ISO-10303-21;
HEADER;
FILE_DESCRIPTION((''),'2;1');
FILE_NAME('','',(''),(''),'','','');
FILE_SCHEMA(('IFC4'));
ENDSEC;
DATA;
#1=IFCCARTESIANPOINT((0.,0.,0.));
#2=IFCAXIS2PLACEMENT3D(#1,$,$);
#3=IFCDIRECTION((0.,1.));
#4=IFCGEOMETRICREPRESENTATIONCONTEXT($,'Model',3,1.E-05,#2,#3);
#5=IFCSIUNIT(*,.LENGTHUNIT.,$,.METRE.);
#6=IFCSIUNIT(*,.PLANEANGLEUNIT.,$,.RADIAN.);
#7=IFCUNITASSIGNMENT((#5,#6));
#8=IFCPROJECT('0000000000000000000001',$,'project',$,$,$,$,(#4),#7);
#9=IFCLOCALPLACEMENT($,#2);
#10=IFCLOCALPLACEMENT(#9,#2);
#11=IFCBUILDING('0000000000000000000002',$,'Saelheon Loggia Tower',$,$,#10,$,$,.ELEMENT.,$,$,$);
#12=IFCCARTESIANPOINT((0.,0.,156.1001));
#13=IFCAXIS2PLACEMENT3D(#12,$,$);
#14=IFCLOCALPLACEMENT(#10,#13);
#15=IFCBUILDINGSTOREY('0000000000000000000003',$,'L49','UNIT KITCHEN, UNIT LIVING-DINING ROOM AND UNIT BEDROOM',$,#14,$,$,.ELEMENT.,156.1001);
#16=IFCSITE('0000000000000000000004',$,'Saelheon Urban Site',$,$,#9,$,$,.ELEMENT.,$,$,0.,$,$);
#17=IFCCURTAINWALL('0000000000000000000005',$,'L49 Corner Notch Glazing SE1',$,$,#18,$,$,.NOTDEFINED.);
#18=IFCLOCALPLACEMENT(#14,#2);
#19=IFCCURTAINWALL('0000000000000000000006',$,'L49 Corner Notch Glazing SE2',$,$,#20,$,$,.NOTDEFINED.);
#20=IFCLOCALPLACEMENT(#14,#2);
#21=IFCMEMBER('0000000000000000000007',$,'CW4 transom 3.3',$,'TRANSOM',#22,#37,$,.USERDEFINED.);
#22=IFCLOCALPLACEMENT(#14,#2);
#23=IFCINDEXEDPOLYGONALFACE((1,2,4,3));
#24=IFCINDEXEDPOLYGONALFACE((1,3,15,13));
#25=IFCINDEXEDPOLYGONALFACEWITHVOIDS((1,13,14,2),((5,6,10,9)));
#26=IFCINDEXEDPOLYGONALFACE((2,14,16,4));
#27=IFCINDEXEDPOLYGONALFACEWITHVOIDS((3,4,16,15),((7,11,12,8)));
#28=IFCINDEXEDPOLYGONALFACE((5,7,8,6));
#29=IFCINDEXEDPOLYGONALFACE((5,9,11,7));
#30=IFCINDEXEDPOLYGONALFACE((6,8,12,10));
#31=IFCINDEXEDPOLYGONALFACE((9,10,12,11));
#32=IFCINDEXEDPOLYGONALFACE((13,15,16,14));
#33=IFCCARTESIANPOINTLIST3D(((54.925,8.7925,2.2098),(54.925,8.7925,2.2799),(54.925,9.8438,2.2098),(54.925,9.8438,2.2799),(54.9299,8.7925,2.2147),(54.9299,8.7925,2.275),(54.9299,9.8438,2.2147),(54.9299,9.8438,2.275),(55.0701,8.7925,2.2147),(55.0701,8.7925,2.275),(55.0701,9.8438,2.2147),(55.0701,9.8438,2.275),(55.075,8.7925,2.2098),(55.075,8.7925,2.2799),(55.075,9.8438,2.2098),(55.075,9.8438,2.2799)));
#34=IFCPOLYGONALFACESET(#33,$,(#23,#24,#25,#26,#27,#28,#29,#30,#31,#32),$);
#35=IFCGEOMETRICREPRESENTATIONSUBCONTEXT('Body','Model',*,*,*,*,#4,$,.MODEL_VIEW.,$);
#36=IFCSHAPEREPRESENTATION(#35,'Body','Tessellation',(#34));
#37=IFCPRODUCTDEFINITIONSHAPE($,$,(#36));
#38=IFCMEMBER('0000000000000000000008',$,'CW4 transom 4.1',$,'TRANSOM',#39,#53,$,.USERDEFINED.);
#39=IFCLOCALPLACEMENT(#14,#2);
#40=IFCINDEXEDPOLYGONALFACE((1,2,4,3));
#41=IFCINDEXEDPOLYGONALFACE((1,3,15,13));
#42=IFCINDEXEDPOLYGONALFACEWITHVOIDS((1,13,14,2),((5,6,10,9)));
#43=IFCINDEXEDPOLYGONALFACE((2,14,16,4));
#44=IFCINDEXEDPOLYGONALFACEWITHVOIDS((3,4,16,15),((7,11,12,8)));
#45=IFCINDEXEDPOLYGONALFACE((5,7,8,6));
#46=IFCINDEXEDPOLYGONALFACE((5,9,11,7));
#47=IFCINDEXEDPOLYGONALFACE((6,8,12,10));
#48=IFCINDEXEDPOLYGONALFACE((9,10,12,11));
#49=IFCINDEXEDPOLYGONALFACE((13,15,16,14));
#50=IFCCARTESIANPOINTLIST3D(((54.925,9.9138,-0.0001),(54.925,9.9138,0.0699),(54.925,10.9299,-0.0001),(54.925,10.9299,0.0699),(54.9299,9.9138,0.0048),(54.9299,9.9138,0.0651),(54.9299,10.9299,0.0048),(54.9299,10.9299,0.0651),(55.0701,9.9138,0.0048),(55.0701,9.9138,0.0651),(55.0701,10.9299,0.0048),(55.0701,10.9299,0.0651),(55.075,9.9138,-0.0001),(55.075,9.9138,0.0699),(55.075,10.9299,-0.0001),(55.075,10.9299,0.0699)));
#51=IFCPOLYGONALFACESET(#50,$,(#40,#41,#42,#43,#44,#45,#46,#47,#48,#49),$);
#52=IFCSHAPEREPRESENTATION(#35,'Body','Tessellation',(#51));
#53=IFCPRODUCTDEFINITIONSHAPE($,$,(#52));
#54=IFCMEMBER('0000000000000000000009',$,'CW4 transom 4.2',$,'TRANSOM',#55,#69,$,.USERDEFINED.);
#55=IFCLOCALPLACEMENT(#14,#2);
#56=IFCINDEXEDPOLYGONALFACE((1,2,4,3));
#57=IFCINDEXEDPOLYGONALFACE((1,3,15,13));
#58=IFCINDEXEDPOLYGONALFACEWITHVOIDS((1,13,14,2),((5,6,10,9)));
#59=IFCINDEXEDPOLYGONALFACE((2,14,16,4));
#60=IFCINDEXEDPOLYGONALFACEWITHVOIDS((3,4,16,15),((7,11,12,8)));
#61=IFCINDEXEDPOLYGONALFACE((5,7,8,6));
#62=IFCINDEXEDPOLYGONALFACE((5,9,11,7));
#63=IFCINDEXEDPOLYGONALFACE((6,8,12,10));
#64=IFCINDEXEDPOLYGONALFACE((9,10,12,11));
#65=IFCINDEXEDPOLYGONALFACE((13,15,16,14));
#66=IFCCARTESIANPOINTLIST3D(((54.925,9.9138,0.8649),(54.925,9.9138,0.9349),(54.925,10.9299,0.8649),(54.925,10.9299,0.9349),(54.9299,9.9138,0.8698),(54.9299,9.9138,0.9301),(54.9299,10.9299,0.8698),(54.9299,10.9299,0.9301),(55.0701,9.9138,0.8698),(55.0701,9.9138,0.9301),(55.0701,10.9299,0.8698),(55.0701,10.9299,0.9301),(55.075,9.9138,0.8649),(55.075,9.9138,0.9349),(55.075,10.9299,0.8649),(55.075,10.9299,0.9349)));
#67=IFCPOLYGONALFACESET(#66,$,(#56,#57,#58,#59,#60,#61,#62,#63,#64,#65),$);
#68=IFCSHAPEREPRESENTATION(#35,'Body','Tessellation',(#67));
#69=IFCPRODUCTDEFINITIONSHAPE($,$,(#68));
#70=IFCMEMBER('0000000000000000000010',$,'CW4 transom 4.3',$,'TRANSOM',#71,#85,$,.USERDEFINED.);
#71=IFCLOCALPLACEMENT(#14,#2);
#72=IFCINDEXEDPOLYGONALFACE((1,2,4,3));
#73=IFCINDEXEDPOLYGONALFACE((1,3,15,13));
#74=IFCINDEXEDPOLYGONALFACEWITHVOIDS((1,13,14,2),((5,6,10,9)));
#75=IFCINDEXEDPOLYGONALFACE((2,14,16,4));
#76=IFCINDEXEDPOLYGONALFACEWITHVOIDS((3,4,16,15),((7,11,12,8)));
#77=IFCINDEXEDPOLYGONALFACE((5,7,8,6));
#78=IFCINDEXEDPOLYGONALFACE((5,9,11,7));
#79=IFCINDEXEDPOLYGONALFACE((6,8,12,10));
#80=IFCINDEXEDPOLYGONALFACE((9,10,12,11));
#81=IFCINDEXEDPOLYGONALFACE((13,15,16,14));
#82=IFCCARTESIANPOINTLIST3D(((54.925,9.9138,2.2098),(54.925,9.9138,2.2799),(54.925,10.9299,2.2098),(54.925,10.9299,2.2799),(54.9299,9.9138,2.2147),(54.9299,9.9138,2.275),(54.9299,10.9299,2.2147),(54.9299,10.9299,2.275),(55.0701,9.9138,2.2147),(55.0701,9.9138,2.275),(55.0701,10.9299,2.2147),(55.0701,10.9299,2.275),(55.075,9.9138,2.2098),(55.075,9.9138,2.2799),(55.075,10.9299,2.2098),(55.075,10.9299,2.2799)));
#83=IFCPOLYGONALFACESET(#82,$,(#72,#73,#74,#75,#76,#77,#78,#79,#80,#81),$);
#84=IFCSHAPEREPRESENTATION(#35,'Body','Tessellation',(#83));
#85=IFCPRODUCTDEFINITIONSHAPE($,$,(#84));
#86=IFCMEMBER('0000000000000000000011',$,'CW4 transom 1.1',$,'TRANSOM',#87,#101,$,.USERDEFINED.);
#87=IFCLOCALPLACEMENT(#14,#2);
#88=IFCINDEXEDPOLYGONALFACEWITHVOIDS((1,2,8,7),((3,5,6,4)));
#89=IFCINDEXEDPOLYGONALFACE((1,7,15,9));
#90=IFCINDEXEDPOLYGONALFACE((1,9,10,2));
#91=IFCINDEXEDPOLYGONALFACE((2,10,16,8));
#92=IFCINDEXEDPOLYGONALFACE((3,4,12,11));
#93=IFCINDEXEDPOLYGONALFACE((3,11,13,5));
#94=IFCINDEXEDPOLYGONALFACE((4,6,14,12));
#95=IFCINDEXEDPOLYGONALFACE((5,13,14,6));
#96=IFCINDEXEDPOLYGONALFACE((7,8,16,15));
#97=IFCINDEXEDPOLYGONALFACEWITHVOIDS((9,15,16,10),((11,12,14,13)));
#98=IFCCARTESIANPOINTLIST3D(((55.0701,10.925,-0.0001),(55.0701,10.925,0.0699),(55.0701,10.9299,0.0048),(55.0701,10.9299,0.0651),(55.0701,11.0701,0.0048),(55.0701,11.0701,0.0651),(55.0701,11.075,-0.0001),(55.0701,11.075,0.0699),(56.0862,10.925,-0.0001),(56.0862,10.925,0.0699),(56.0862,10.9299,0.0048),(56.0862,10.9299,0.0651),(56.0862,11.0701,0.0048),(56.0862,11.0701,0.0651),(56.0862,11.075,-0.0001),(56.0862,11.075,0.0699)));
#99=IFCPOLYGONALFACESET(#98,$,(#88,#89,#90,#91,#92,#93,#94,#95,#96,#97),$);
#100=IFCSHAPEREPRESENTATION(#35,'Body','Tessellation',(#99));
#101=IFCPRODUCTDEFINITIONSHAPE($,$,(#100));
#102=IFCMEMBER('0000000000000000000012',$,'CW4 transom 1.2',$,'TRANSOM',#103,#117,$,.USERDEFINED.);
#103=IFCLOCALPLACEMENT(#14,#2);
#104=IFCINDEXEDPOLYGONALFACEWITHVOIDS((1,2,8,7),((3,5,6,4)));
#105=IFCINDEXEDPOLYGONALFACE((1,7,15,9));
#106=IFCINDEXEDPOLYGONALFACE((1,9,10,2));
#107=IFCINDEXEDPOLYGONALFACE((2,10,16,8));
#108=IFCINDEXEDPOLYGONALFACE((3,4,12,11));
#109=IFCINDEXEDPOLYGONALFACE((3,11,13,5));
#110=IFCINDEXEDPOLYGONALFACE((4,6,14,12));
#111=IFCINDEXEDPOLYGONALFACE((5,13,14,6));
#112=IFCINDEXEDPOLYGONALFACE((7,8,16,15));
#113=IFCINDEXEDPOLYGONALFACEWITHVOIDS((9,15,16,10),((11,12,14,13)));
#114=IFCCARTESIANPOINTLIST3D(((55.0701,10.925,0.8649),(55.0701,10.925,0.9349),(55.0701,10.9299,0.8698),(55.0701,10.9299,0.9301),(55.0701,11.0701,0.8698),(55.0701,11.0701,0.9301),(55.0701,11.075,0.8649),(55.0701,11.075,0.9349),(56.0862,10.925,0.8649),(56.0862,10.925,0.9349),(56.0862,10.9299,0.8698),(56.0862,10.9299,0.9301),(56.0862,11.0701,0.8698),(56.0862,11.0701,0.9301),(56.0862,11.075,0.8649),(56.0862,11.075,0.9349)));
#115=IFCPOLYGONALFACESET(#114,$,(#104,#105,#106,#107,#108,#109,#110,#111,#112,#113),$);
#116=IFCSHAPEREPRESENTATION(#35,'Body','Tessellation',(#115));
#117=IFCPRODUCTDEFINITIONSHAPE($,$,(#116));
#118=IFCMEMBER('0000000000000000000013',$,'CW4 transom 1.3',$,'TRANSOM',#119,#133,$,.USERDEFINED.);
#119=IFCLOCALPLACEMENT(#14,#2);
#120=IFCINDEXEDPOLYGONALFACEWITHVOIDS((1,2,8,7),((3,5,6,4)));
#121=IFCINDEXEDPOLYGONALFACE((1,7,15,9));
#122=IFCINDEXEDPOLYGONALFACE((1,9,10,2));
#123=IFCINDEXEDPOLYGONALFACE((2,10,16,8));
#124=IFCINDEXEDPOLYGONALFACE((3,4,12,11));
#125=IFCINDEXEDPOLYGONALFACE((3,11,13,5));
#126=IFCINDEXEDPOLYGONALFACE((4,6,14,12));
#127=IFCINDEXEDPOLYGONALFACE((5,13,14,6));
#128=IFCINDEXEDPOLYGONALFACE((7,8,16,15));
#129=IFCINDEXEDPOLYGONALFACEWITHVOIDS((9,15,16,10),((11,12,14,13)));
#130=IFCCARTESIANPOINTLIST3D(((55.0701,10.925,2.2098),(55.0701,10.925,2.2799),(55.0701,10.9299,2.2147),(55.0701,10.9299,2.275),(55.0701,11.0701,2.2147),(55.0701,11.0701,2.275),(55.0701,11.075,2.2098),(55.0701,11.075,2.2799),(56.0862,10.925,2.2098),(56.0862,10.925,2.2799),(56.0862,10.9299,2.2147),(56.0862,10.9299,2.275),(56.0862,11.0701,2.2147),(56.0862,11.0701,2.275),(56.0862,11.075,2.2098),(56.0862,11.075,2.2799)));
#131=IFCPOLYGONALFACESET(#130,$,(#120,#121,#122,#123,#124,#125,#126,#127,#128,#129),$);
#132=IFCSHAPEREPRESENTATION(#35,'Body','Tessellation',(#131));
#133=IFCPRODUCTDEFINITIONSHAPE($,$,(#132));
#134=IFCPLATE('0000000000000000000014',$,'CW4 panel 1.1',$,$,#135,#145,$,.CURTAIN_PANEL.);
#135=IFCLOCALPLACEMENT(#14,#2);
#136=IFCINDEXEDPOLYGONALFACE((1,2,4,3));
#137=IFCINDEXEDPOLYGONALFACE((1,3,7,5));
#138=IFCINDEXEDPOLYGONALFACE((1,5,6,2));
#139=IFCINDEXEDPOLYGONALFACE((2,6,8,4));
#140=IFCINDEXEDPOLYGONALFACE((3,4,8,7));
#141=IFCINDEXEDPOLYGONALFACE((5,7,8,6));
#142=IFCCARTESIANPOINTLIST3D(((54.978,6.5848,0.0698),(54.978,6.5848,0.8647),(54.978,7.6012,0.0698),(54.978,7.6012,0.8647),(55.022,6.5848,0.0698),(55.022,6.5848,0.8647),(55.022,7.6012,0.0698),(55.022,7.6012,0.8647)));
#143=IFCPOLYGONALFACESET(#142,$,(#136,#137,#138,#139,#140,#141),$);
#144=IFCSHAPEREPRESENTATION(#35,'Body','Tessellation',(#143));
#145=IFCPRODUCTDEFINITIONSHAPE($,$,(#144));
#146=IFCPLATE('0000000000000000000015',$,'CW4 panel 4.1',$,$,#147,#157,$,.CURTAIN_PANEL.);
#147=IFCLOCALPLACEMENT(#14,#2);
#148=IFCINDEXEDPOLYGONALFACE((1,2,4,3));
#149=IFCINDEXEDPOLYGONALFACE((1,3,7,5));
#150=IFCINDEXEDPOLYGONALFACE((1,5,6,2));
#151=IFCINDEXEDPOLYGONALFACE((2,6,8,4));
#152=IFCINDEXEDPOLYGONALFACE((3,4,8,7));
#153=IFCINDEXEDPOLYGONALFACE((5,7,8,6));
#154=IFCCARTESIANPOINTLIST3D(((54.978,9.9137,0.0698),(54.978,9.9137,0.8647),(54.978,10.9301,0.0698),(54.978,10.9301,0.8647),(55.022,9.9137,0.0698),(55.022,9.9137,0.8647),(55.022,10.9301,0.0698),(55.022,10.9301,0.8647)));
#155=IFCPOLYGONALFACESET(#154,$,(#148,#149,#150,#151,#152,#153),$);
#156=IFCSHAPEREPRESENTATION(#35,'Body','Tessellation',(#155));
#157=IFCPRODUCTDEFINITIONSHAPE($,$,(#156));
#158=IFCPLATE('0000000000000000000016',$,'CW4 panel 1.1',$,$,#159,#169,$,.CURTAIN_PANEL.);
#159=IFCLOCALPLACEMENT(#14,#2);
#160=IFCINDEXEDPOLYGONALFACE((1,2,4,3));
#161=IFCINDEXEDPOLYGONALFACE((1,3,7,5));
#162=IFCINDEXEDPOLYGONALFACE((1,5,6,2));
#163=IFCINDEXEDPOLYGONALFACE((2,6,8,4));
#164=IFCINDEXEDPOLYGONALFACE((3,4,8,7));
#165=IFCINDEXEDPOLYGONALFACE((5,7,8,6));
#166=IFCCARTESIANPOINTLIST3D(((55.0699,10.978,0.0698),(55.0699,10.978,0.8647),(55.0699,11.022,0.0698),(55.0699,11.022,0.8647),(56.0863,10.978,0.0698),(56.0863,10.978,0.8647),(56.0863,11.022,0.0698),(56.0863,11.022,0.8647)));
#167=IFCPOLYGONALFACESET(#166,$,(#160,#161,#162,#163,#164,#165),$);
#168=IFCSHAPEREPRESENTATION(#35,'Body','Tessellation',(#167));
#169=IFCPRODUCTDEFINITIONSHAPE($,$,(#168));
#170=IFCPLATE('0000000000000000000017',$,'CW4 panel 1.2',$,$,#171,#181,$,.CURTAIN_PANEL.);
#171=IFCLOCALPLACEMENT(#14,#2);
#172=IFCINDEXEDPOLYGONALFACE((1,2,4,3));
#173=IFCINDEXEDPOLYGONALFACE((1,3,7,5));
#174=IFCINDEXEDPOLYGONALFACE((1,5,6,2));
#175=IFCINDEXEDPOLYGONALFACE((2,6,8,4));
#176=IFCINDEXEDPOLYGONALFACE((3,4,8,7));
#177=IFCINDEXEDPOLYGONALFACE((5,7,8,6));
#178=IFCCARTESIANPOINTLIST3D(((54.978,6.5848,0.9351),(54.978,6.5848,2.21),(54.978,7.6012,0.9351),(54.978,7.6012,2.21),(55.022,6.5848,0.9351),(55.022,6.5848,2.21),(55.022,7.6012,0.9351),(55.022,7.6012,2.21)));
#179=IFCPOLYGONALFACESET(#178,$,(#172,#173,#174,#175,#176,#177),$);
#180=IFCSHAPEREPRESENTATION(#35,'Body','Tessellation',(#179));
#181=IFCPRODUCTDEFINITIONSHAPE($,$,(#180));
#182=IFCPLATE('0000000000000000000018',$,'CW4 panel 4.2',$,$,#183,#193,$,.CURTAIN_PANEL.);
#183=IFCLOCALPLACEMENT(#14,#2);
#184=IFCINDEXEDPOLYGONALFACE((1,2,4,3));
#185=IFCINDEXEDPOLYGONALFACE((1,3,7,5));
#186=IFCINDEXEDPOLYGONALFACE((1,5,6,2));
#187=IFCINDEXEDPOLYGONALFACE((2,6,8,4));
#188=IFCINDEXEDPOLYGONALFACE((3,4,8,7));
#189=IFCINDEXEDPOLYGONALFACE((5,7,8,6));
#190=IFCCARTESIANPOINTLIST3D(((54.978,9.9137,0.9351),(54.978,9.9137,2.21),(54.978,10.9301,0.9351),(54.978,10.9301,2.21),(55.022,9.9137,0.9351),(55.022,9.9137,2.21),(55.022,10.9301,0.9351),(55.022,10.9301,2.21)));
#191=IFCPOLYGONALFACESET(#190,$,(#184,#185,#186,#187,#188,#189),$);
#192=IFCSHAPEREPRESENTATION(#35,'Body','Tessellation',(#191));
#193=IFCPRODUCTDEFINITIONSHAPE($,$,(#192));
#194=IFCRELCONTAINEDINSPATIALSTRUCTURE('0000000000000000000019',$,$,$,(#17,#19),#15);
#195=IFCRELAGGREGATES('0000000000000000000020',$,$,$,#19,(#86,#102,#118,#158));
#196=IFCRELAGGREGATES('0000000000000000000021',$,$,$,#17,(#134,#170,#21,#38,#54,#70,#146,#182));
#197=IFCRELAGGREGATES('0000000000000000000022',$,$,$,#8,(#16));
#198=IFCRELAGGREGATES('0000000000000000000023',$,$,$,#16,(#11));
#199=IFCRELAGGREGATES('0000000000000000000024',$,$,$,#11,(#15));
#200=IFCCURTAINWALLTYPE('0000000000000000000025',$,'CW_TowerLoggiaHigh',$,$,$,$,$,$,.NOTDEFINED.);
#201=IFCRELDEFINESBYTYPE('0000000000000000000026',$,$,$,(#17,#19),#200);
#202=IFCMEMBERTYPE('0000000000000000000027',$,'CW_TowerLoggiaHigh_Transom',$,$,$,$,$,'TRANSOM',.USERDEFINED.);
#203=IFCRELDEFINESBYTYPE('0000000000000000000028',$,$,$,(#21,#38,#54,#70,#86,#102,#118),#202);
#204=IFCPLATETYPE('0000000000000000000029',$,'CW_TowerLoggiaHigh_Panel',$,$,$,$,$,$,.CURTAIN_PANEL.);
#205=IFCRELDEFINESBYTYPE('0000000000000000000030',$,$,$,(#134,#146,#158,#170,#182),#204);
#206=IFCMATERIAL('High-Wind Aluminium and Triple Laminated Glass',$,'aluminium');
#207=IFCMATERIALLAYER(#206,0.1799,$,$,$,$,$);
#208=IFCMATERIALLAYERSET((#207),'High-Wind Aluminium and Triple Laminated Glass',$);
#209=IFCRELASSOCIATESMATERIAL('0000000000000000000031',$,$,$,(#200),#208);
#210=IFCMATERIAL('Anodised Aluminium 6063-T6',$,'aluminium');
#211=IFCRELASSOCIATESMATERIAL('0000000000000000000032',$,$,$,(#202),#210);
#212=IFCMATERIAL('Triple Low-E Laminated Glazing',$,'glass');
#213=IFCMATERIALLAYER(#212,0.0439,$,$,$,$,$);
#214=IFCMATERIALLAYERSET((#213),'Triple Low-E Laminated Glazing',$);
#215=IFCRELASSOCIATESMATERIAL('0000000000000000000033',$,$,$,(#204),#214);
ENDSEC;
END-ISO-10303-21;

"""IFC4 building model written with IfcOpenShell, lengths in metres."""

from ifc_helpers import new_model, si_unit, direction, frame, origin, origin_2d, place, context, subcontext, project, spatial, rectangle, hollow_rectangle, extrude, source, transform, mapped, material, layer, layer_set, material_profile, profile_set, type_object, element, aggregate, save


model = new_model("IFC4")

# Units and contexts
model_context = context("Model", 3, precision=1e-05, world=origin(), true_north=direction((0.0, 1.0)))
body_context = subcontext(model_context, "Body", "Model", "MODEL_VIEW")
ifc_project = project(units=[si_unit("LENGTHUNIT", "METRE"), si_unit("PLANEANGLEUNIT", "RADIAN")], contexts=[model_context])

# Site, building, storey
site_placement = place(None, origin())
site = spatial("IfcSite", under=ifc_project, at=site_placement, Name="Saelheon Urban Site", CompositionType="ELEMENT", RefElevation=0.0)
building_placement = place(site_placement, origin())
building = spatial("IfcBuilding", under=site, at=building_placement, Name="Saelheon Loggia Tower", CompositionType="ELEMENT")
storey_placement = place(building_placement, frame((0.0, 0.0, 156.1001)))
storey = spatial("IfcBuildingStorey", under=building, at=storey_placement, Name="L49", Description="UNIT KITCHEN, UNIT LIVING-DINING ROOM AND UNIT BEDROOM", CompositionType="ELEMENT", Elevation=156.1001)

# Curtain wall
ifc_material_1 = material(Name="High-Wind Aluminium and Triple Laminated Glass", Category="aluminium")
ifc_layer_1 = layer(ifc_material_1, 0.1799)
ifc_layer_set_1 = layer_set([ifc_layer_1], Name="High-Wind Aluminium and Triple Laminated Glass")
curtain_wall_type = type_object("IfcCurtainWallType", Name="CW_TowerLoggiaHigh", PredefinedType="NOTDEFINED", material=ifc_layer_set_1)
curtain_wall_1_placement = place(storey_placement, origin())
curtain_wall_1 = element("IfcCurtainWall", 1, at=curtain_wall_1_placement, inside=storey, type_object=curtain_wall_type, Name="L49 Corner Notch Glazing SE1", PredefinedType="NOTDEFINED")
ifc_material_2 = material(Name="Anodised Aluminium 6063-T6", Category="aluminium")

# Curtain wall
curtain_wall_2_placement = place(storey_placement, origin())
curtain_wall_2 = element("IfcCurtainWall", 2, at=curtain_wall_2_placement, inside=storey, type_object=curtain_wall_type, Name="L49 Corner Notch Glazing SE2", PredefinedType="NOTDEFINED")

# Members
ifc_material_profile_1 = material_profile(ifc_material_2, hollow_rectangle(XDim=0.0701, YDim=0.1499, WallThickness=0.0049, at=origin_2d()), Name="RHS-150x70x5")
ifc_profile_set_1 = profile_set([ifc_material_profile_1], Name="Anodised Aluminium 6063-T6")
member_type_1 = type_object("IfcMemberType", Name="CW_TowerLoggiaHigh_Transom", ElementType="TRANSOM", PredefinedType="USERDEFINED", material=ifc_profile_set_1)
shared_shape_1 = source(origin(), body_context, "Body", "SweptSolid", [
    extrude(hollow_rectangle(XDim=0.0701, YDim=0.1499, WallThickness=0.0049, at=origin_2d()), origin(), (0.0, 0.0, 1.0), 1.0513),
])
member_1_placement = place(storey_placement, frame((55.0, 8.7925, 2.2449), z_axis=(0.0, 1.0, 0.0), x_axis=(0.0, 0.0, 1.0)))
member_1 = element("IfcMember", 3, at=member_1_placement, type_object=member_type_1, Name="CW4 transom 3.3", ObjectType="TRANSOM", PredefinedType="USERDEFINED", context=body_context, shape_type="MappedRepresentation", body=[
    mapped(shared_shape_1, transform((0.0, 0.0, 0.0), scale=1.0)),
])
shared_shape_2 = source(origin(), body_context, "Body", "SweptSolid", [
    extrude(hollow_rectangle(XDim=0.0701, YDim=0.1499, WallThickness=0.0049, at=origin_2d()), origin(), (0.0, 0.0, 1.0), 1.0161),
])
member_2_placement = place(storey_placement, frame((55.0, 9.9138, 0.0349), z_axis=(0.0, 1.0, 0.0), x_axis=(0.0, 0.0, 1.0)))
member_2 = element("IfcMember", 4, at=member_2_placement, type_object=member_type_1, Name="CW4 transom 4.1", ObjectType="TRANSOM", PredefinedType="USERDEFINED", context=body_context, shape_type="MappedRepresentation", body=[
    mapped(shared_shape_2, transform((0.0, 0.0, 0.0), scale=1.0)),
])
member_3_placement = place(storey_placement, frame((55.0, 9.9138, 0.8999), z_axis=(0.0, 1.0, 0.0), x_axis=(0.0, 0.0, 1.0)))
member_3 = element("IfcMember", 5, at=member_3_placement, type_object=member_type_1, Name="CW4 transom 4.2", ObjectType="TRANSOM", PredefinedType="USERDEFINED", context=body_context, shape_type="MappedRepresentation", body=[
    mapped(shared_shape_2, transform((0.0, 0.0, 0.0), scale=1.0)),
])
member_4_placement = place(storey_placement, frame((55.0, 9.9138, 2.2449), z_axis=(0.0, 1.0, 0.0), x_axis=(0.0, 0.0, 1.0)))
member_4 = element("IfcMember", 6, at=member_4_placement, type_object=member_type_1, Name="CW4 transom 4.3", ObjectType="TRANSOM", PredefinedType="USERDEFINED", context=body_context, shape_type="MappedRepresentation", body=[
    mapped(shared_shape_2, transform((0.0, 0.0, 0.0), scale=1.0)),
])
member_5_placement = place(storey_placement, frame((55.0701, 11.0, 0.0349), z_axis=(1.0, 0.0, 0.0), x_axis=(0.0, 0.0, 1.0)))
member_5 = element("IfcMember", 7, at=member_5_placement, type_object=member_type_1, Name="CW4 transom 1.1", ObjectType="TRANSOM", PredefinedType="USERDEFINED", context=body_context, shape_type="MappedRepresentation", body=[
    mapped(shared_shape_2, transform((0.0, 0.0, 0.0), scale=1.0)),
])
member_6_placement = place(storey_placement, frame((55.0701, 11.0, 0.8999), z_axis=(1.0, 0.0, 0.0), x_axis=(0.0, 0.0, 1.0)))
member_6 = element("IfcMember", 8, at=member_6_placement, type_object=member_type_1, Name="CW4 transom 1.2", ObjectType="TRANSOM", PredefinedType="USERDEFINED", context=body_context, shape_type="MappedRepresentation", body=[
    mapped(shared_shape_2, transform((0.0, 0.0, 0.0), scale=1.0)),
])
member_7_placement = place(storey_placement, frame((55.0701, 11.0, 2.2449), z_axis=(1.0, 0.0, 0.0), x_axis=(0.0, 0.0, 1.0)))
member_7 = element("IfcMember", 9, at=member_7_placement, type_object=member_type_1, Name="CW4 transom 1.3", ObjectType="TRANSOM", PredefinedType="USERDEFINED", context=body_context, shape_type="MappedRepresentation", body=[
    mapped(shared_shape_2, transform((0.0, 0.0, 0.0), scale=1.0)),
])

# Plates
ifc_material_3 = material(Name="Triple Low-E Laminated Glazing", Category="glass")
ifc_layer_2 = layer(ifc_material_3, 0.0439)
ifc_layer_set_2 = layer_set([ifc_layer_2], Name="Triple Low-E Laminated Glazing")
plate_type = type_object("IfcPlateType", Name="CW_TowerLoggiaHigh_Panel", PredefinedType="CURTAIN_PANEL", material=ifc_layer_set_2)
shared_shape_3 = source(origin(), body_context, "Body", "SweptSolid", [
    extrude(rectangle(XDim=1.0164, YDim=0.0439, at=origin_2d()), origin(), (0.0, 0.0, 1.0), 0.7949),
])
plate_1_placement = place(storey_placement, frame((55.0, 7.093, 0.0698), z_axis=(0.0, 0.0, 1.0), x_axis=(0.0, 1.0, 0.0)))
plate_1 = element("IfcPlate", 10, at=plate_1_placement, type_object=plate_type, Name="CW4 panel 1.1", PredefinedType="CURTAIN_PANEL", context=body_context, shape_type="MappedRepresentation", body=[
    mapped(shared_shape_3, transform((0.0, 0.0, 0.0), scale=1.0)),
])
plate_2_placement = place(storey_placement, frame((55.0, 10.4219, 0.0698), z_axis=(0.0, 0.0, 1.0), x_axis=(0.0, 1.0, 0.0)))
plate_2 = element("IfcPlate", 11, at=plate_2_placement, type_object=plate_type, Name="CW4 panel 4.1", PredefinedType="CURTAIN_PANEL", context=body_context, shape_type="MappedRepresentation", body=[
    mapped(shared_shape_3, transform((0.0, 0.0, 0.0), scale=1.0)),
])
plate_3_placement = place(storey_placement, frame((55.5781, 11.0, 0.0698), z_axis=(0.0, 0.0, 1.0), x_axis=(1.0, 0.0, 0.0)))
plate_3 = element("IfcPlate", 12, at=plate_3_placement, type_object=plate_type, Name="CW4 panel 1.1", PredefinedType="CURTAIN_PANEL", context=body_context, shape_type="MappedRepresentation", body=[
    mapped(shared_shape_3, transform((0.0, 0.0, 0.0), scale=1.0)),
])
shared_shape_4 = source(origin(), body_context, "Body", "SweptSolid", [
    extrude(rectangle(XDim=1.0164, YDim=0.0439, at=origin_2d()), origin(), (0.0, 0.0, 1.0), 1.2749),
])
plate_4_placement = place(storey_placement, frame((55.0, 7.093, 0.9351), z_axis=(0.0, 0.0, 1.0), x_axis=(0.0, 1.0, 0.0)))
plate_4 = element("IfcPlate", 13, at=plate_4_placement, type_object=plate_type, Name="CW4 panel 1.2", PredefinedType="CURTAIN_PANEL", context=body_context, shape_type="MappedRepresentation", body=[
    mapped(shared_shape_4, transform((0.0, 0.0, 0.0), scale=1.0)),
])
plate_5_placement = place(storey_placement, frame((55.0, 10.4219, 0.9351), z_axis=(0.0, 0.0, 1.0), x_axis=(0.0, 1.0, 0.0)))
plate_5 = element("IfcPlate", 14, at=plate_5_placement, type_object=plate_type, Name="CW4 panel 4.2", PredefinedType="CURTAIN_PANEL", context=body_context, shape_type="MappedRepresentation", body=[
    mapped(shared_shape_4, transform((0.0, 0.0, 0.0), scale=1.0)),
])
aggregate(curtain_wall_2, [member_5, member_6, member_7, plate_3])
aggregate(curtain_wall_1, [plate_1, plate_4, member_1, member_2, member_3, member_4, plate_2, plate_5])

save(model, "model.ifc")
